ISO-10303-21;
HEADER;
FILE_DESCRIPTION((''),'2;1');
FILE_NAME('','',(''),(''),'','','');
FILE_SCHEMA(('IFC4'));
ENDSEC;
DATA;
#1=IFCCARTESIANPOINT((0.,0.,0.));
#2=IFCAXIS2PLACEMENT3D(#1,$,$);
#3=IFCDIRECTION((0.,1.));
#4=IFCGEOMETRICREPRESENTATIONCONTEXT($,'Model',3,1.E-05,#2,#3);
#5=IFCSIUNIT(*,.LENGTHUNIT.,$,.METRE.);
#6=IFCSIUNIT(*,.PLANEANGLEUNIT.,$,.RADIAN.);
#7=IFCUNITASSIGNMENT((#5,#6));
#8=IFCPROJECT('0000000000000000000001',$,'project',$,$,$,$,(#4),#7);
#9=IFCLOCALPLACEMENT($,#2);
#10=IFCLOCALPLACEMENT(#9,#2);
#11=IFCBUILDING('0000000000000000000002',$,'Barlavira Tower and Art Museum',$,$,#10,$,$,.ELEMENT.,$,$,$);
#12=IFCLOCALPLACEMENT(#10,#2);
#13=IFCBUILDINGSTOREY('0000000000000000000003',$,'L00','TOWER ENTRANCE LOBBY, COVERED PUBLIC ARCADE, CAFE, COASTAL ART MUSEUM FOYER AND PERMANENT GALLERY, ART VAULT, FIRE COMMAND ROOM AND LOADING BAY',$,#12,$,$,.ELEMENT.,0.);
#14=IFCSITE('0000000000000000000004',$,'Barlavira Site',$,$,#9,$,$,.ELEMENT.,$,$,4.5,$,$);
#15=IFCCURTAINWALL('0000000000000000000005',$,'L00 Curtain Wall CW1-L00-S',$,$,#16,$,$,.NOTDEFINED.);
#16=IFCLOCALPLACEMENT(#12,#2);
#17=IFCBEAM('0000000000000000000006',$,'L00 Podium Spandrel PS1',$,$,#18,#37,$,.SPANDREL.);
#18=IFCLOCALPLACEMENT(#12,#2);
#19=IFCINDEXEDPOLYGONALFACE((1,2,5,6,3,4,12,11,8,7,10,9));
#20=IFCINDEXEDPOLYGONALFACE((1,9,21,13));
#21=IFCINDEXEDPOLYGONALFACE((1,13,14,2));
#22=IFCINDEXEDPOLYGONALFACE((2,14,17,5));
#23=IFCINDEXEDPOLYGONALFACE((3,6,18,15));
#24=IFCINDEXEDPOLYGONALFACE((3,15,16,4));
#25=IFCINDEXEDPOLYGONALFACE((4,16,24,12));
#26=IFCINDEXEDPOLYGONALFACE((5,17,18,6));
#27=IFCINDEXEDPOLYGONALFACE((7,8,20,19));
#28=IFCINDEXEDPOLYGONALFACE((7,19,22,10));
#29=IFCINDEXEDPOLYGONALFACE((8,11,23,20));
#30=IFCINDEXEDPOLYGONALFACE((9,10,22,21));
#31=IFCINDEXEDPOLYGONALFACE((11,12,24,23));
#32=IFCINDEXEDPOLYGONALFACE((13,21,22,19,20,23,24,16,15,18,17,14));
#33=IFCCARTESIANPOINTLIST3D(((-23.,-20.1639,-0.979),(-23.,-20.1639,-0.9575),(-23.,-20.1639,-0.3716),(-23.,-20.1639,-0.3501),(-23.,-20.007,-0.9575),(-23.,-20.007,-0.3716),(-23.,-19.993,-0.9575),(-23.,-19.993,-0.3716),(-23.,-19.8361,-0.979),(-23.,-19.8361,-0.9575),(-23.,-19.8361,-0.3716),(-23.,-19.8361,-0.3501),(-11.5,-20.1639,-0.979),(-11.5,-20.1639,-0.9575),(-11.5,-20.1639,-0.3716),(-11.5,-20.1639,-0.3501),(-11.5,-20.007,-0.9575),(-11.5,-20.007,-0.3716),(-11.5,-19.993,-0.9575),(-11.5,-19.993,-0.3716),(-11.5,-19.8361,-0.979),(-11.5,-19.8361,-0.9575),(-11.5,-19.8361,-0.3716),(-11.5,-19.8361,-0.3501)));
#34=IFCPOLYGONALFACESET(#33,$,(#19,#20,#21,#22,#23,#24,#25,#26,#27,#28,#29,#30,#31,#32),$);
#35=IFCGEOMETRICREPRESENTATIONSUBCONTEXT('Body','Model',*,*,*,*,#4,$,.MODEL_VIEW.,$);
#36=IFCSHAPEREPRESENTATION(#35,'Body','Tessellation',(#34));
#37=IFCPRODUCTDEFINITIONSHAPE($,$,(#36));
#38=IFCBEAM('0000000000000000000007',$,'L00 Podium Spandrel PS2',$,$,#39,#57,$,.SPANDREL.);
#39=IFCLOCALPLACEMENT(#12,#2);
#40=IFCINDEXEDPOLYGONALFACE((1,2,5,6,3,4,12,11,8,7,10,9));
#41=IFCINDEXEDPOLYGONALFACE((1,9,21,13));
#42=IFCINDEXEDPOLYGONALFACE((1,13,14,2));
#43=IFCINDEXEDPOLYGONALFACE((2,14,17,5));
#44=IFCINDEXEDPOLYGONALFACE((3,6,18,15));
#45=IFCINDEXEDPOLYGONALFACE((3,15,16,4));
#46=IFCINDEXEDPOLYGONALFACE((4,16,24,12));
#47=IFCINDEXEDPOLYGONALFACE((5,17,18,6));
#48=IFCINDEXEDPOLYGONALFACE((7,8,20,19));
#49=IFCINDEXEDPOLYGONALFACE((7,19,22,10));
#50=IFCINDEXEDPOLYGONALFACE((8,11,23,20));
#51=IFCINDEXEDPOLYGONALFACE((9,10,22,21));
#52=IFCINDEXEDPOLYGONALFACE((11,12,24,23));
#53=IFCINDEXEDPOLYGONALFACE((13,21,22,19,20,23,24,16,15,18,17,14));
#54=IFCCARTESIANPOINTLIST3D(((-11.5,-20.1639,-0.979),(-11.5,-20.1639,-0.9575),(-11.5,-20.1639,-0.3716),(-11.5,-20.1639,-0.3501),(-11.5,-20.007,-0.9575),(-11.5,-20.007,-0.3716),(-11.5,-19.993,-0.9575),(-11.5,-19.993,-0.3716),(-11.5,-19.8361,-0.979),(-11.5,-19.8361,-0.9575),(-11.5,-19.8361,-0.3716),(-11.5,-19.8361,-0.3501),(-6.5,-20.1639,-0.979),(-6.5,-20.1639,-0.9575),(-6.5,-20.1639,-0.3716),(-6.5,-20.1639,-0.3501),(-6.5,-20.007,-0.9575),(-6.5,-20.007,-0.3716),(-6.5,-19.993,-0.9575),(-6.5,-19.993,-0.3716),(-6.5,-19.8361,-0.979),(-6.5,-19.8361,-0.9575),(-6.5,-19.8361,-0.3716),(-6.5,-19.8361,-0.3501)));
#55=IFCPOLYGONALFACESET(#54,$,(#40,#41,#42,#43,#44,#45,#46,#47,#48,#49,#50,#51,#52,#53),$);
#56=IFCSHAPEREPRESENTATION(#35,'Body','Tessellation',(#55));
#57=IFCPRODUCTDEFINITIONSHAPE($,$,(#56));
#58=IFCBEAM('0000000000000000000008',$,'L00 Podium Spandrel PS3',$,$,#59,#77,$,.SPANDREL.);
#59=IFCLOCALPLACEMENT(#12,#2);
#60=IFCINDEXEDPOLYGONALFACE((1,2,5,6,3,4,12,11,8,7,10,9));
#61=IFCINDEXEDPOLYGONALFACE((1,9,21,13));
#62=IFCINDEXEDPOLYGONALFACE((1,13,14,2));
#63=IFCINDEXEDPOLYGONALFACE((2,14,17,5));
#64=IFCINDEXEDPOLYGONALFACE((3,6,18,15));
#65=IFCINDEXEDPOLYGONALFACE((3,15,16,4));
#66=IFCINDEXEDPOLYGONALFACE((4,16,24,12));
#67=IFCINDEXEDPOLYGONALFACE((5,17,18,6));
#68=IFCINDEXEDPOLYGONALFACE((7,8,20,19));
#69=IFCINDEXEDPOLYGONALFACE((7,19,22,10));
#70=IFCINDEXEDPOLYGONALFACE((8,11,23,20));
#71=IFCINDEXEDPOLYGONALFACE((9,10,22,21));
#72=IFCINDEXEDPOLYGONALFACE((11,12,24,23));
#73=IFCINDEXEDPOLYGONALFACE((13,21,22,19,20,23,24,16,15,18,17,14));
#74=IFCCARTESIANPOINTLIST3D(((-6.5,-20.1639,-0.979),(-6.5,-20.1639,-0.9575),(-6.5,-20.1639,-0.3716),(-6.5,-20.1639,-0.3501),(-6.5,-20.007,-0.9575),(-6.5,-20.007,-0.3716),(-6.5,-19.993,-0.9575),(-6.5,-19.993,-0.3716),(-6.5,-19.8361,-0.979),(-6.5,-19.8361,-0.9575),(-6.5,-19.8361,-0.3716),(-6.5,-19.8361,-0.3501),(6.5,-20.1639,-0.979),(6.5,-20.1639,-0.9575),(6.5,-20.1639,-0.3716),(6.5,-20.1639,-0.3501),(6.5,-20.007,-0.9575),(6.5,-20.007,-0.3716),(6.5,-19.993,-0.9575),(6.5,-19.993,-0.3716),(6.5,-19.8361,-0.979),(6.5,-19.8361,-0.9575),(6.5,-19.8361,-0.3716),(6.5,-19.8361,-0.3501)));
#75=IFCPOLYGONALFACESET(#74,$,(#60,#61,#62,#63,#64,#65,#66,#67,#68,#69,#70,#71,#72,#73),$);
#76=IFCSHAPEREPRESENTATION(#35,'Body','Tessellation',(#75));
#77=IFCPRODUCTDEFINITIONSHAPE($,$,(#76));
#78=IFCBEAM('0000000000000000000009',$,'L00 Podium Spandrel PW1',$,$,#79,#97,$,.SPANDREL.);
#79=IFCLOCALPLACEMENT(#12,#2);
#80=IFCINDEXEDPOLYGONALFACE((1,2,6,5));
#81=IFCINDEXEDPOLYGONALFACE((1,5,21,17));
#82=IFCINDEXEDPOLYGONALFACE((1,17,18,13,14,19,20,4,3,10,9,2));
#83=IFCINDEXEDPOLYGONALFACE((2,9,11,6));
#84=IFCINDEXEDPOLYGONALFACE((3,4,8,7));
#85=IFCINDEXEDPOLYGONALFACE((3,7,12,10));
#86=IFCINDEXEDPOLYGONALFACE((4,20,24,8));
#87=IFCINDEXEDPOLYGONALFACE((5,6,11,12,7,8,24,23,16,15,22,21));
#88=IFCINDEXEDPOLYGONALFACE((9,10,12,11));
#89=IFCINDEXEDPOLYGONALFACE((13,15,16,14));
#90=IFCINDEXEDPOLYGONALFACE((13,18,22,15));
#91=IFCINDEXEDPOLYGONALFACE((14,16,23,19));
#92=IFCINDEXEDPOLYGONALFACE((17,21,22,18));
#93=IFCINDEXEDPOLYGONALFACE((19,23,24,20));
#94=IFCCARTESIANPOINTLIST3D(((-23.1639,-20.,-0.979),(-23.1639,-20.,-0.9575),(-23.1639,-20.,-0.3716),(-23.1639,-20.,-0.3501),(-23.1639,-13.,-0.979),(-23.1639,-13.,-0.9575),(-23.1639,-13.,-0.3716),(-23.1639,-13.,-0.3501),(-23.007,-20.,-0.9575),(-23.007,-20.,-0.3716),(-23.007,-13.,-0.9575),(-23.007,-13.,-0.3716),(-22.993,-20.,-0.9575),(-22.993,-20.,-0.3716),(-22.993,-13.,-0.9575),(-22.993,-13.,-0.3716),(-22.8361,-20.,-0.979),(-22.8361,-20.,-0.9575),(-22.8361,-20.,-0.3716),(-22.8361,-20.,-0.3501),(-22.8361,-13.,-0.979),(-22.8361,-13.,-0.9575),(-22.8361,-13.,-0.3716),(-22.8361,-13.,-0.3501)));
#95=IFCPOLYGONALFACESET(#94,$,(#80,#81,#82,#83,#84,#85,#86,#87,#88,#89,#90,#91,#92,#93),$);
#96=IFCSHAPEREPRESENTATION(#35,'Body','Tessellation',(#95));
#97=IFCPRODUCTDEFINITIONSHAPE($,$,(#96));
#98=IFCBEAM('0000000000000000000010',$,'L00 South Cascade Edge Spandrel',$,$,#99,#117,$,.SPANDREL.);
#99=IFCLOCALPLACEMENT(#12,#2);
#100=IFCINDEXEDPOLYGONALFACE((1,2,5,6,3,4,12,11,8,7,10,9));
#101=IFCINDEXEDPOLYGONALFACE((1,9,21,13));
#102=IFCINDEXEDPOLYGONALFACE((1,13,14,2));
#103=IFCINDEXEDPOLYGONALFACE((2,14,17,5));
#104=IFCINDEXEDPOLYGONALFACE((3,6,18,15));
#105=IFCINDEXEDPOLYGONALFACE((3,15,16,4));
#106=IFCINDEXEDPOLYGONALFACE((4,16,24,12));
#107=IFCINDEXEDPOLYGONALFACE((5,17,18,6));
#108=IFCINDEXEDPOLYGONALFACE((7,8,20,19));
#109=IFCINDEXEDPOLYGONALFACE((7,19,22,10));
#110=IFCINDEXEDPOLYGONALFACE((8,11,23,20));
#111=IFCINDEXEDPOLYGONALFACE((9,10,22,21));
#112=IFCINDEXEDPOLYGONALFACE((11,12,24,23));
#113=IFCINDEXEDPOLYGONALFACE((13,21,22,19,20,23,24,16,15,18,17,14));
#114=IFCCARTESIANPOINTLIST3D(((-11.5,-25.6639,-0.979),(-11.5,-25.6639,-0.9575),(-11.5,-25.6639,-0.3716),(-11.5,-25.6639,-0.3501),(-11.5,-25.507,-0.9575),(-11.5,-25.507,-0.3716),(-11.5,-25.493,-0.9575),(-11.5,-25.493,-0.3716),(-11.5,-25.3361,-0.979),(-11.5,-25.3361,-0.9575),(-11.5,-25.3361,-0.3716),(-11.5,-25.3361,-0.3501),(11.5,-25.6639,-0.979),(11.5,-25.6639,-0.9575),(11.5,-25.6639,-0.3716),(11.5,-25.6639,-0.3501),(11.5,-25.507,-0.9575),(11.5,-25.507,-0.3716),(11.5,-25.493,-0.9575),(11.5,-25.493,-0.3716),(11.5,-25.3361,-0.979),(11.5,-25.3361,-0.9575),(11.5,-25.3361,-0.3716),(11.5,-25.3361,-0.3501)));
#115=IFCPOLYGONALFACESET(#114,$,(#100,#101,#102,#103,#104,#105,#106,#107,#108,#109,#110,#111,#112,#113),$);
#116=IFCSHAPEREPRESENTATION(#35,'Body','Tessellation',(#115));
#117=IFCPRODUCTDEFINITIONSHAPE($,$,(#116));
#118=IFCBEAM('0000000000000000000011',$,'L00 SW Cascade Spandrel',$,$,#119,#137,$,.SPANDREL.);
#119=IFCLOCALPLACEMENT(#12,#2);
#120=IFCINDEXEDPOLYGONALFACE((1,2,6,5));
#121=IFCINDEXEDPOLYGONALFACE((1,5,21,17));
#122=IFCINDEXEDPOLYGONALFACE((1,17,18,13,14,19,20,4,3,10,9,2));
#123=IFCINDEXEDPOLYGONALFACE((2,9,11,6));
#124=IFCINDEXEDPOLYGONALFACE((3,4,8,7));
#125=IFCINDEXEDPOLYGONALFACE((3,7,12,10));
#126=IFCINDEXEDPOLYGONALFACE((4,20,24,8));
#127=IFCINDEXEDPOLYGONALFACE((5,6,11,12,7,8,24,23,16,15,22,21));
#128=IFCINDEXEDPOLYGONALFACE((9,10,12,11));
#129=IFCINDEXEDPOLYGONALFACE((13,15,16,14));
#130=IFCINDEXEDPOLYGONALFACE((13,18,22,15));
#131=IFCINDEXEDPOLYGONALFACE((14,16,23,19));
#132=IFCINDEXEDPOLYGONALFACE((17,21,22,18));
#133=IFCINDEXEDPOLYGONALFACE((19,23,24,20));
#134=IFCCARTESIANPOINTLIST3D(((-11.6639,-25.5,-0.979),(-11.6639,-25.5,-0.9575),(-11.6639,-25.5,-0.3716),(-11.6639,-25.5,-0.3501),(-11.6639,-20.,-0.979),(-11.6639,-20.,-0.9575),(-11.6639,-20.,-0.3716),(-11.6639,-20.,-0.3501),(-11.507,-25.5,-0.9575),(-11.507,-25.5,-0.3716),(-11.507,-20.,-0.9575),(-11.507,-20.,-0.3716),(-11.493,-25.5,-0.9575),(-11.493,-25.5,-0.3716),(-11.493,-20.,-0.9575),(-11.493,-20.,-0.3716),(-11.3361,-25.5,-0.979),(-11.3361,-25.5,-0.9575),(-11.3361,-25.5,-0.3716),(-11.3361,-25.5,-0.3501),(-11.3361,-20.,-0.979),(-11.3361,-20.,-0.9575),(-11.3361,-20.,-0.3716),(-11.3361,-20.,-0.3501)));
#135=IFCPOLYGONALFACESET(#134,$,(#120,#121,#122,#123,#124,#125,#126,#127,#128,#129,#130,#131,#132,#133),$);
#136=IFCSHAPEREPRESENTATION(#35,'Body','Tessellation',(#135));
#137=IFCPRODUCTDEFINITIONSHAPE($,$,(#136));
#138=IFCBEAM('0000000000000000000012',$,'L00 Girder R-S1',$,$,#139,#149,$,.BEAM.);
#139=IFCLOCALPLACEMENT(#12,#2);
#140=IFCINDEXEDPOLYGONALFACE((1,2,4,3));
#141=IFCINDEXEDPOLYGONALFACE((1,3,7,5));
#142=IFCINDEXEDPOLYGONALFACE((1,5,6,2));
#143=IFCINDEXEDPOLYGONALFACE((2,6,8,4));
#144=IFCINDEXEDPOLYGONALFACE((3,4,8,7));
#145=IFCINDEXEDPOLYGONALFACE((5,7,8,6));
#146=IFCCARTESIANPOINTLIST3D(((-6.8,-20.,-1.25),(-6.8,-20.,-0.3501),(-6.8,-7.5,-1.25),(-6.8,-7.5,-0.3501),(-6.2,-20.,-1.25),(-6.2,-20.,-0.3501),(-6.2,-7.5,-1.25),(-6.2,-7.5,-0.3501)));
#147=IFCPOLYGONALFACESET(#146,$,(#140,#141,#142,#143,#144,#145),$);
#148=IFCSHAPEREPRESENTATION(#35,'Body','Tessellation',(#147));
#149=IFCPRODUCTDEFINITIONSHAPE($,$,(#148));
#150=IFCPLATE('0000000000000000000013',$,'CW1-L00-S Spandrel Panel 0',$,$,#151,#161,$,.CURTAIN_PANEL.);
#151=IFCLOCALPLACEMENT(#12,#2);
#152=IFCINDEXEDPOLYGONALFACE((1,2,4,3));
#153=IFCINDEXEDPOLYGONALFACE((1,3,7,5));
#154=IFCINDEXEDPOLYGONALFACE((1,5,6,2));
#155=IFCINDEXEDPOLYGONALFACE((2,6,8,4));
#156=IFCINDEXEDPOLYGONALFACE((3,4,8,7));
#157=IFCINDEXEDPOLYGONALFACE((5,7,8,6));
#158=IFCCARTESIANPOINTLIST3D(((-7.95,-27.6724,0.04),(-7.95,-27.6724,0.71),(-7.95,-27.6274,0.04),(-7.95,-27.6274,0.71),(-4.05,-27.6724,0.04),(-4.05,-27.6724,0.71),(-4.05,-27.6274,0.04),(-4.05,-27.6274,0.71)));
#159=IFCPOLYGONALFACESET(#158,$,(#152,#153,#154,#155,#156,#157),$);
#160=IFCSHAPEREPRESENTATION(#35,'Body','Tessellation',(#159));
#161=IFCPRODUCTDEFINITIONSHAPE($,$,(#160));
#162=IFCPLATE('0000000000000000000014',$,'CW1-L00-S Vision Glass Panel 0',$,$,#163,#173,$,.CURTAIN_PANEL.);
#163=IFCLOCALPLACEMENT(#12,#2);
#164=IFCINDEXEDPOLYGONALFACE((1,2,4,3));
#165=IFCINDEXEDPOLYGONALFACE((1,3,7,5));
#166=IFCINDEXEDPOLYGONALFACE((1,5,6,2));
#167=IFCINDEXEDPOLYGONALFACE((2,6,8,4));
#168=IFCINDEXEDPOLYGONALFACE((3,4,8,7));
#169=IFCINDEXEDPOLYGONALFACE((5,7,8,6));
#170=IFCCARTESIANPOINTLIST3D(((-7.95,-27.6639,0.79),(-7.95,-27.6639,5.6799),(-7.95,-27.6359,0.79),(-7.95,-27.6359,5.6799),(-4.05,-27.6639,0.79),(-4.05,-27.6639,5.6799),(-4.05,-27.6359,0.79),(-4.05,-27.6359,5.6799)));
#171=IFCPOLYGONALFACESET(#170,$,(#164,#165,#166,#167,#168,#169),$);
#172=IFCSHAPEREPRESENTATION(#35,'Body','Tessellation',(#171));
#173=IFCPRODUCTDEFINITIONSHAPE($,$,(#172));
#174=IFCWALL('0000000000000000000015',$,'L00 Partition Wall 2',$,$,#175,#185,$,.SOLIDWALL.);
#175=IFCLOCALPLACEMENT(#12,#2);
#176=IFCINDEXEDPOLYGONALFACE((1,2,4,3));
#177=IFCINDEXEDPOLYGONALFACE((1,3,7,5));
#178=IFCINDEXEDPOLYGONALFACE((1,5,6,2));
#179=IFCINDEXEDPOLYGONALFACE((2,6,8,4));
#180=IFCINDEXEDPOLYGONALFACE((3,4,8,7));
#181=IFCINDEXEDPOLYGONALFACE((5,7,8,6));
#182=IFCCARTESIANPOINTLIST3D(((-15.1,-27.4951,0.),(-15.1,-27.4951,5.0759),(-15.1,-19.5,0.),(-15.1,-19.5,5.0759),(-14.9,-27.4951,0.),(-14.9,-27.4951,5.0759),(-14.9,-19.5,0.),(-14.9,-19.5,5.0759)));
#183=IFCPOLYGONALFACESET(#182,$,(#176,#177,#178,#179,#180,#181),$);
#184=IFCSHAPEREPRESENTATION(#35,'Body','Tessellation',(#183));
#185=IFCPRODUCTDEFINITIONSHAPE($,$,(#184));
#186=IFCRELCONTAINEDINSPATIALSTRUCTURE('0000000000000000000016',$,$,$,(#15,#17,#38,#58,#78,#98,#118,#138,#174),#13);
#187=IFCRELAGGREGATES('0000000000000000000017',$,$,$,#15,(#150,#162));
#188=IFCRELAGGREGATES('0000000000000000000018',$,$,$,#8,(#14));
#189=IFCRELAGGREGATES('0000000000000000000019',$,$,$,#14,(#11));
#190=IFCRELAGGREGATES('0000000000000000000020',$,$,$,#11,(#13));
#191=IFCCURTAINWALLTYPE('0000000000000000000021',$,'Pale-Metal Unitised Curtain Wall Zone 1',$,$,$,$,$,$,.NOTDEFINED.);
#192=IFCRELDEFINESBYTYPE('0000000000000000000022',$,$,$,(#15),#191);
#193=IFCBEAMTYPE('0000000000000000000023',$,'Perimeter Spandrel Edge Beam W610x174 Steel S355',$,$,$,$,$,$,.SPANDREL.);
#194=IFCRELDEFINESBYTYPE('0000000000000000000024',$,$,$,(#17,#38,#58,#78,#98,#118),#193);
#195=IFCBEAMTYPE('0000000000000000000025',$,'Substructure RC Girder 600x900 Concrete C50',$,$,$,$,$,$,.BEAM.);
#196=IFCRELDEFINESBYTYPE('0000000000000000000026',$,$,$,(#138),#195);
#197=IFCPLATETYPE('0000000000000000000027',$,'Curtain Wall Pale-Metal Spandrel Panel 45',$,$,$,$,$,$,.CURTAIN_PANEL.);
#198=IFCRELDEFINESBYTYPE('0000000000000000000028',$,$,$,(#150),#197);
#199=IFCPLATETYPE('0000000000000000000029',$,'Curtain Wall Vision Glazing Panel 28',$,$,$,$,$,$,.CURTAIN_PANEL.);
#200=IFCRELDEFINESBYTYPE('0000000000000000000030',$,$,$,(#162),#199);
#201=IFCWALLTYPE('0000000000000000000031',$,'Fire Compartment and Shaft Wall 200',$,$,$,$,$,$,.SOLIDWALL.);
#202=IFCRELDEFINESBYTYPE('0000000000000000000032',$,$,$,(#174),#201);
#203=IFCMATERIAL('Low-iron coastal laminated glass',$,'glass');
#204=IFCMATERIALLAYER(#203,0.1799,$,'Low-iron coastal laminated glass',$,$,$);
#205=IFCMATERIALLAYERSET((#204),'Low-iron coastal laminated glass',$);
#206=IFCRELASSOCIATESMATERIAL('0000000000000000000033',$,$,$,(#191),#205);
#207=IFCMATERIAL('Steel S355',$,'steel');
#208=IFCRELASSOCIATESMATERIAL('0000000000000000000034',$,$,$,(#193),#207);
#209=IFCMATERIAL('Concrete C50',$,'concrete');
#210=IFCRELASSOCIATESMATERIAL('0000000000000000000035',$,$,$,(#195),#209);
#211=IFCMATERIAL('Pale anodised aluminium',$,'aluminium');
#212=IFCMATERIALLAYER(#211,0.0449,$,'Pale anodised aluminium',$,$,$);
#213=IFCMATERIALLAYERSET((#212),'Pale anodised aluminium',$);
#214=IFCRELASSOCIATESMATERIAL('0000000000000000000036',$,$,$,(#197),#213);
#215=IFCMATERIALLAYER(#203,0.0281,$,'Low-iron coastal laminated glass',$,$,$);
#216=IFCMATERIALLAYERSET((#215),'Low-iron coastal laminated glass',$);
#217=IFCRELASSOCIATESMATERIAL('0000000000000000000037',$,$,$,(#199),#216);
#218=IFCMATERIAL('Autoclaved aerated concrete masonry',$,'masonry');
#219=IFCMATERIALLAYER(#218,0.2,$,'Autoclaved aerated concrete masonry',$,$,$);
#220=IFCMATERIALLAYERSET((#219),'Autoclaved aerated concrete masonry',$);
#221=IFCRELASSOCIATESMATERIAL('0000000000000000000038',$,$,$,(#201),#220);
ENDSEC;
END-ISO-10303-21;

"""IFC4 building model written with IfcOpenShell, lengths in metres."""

from ifc_helpers import new_model, si_unit, direction, frame, frame_2d, origin, origin_2d, place, context, subcontext, project, spatial, rectangle, i_section, extrude, material, layer, layer_set, material_profile, profile_set, type_object, element, aggregate, save


model = new_model("IFC4")

# Units and contexts
model_context = context("Model", 3, precision=1e-05, world=origin(), true_north=direction((0.0, 1.0)))
body_context = subcontext(model_context, "Body", "Model", "MODEL_VIEW")
ifc_project = project(units=[si_unit("LENGTHUNIT", "METRE"), si_unit("PLANEANGLEUNIT", "RADIAN")], contexts=[model_context])

# Site, building, storey
site_placement = place(None, origin())
site = spatial("IfcSite", under=ifc_project, at=site_placement, Name="Barlavira Site", CompositionType="ELEMENT", RefElevation=4.5)
building_placement = place(site_placement, origin())
building = spatial("IfcBuilding", under=site, at=building_placement, Name="Barlavira Tower and Art Museum", CompositionType="ELEMENT")
storey_placement = place(building_placement, origin())
storey = spatial("IfcBuildingStorey", under=building, at=storey_placement, Name="L00", Description="TOWER ENTRANCE LOBBY, COVERED PUBLIC ARCADE, CAFE, COASTAL ART MUSEUM FOYER AND PERMANENT GALLERY, ART VAULT, FIRE COMMAND ROOM AND LOADING BAY", CompositionType="ELEMENT", Elevation=0.0)

# Shared definitions
ifc_material_1 = material(Name="Concrete C50", Category="concrete")

# Curtain wall
ifc_material_2 = material(Name="Low-iron coastal laminated glass", Category="glass")
ifc_layer_1 = layer(ifc_material_2, 0.1799, Name="Low-iron coastal laminated glass")
ifc_layer_set_1 = layer_set([ifc_layer_1], Name="Low-iron coastal laminated glass")
curtain_wall_type = type_object("IfcCurtainWallType", Name="Pale-Metal Unitised Curtain Wall Zone 1", PredefinedType="NOTDEFINED", material=ifc_layer_set_1)
curtain_wall_placement = place(storey_placement, origin())
curtain_wall = element("IfcCurtainWall", 1, at=curtain_wall_placement, inside=storey, type_object=curtain_wall_type, Name="L00 Curtain Wall CW1-L00-S", PredefinedType="NOTDEFINED")
ifc_material_3 = material(Name="Pale anodised aluminium", Category="aluminium")

# Beams
ifc_material_4 = material(Name="Steel S355", Category="steel")
ifc_material_profile_1 = material_profile(ifc_material_4, i_section(OverallWidth=0.3279, OverallDepth=0.6289, WebThickness=0.0139, FlangeThickness=0.0215, at=origin_2d()), Name="W610x174.0")
ifc_profile_set_1 = profile_set([ifc_material_profile_1], Name="Steel S355")
beam_type_1 = type_object("IfcBeamType", Name="Perimeter Spandrel Edge Beam W610x174 Steel S355", PredefinedType="SPANDREL", material=ifc_profile_set_1)
beam_1_placement = place(storey_placement, frame((-23.0, -20.0, -0.6646), z_axis=(1.0, 0.0, 0.0), x_axis=(0.0, 1.0, 0.0)))
element("IfcBeam", 2, at=beam_1_placement, inside=storey, type_object=beam_type_1, Name="L00 Podium Spandrel PS1", PredefinedType="SPANDREL", context=body_context, shape_type="SweptSolid", body=[
    extrude(i_section(OverallWidth=0.3279, OverallDepth=0.6289, WebThickness=0.0139, FlangeThickness=0.0215, at=origin_2d()), origin(), (0.0, 0.0, 1.0), 11.5),
])
beam_2_placement = place(storey_placement, frame((-11.5, -20.0, -0.6646), z_axis=(1.0, 0.0, 0.0), x_axis=(0.0, 1.0, 0.0)))
element("IfcBeam", 3, at=beam_2_placement, inside=storey, type_object=beam_type_1, Name="L00 Podium Spandrel PS2", PredefinedType="SPANDREL", context=body_context, shape_type="SweptSolid", body=[
    extrude(i_section(OverallWidth=0.3279, OverallDepth=0.6289, WebThickness=0.0139, FlangeThickness=0.0215, at=origin_2d()), origin(), (0.0, 0.0, 1.0), 5.0),
])
beam_3_placement = place(storey_placement, frame((-6.5, -20.0, -0.6646), z_axis=(1.0, 0.0, 0.0), x_axis=(0.0, 1.0, 0.0)))
element("IfcBeam", 4, at=beam_3_placement, inside=storey, type_object=beam_type_1, Name="L00 Podium Spandrel PS3", PredefinedType="SPANDREL", context=body_context, shape_type="SweptSolid", body=[
    extrude(i_section(OverallWidth=0.3279, OverallDepth=0.6289, WebThickness=0.0139, FlangeThickness=0.0215, at=origin_2d()), origin(), (0.0, 0.0, 1.0), 13.0),
])
beam_4_placement = place(storey_placement, frame((-23.0, -20.0, -0.6646), z_axis=(0.0, 1.0, 0.0), x_axis=(-1.0, 0.0, 0.0)))
element("IfcBeam", 5, at=beam_4_placement, inside=storey, type_object=beam_type_1, Name="L00 Podium Spandrel PW1", PredefinedType="SPANDREL", context=body_context, shape_type="SweptSolid", body=[
    extrude(i_section(OverallWidth=0.3279, OverallDepth=0.6289, WebThickness=0.0139, FlangeThickness=0.0215, at=origin_2d()), origin(), (0.0, 0.0, 1.0), 7.0),
])
beam_5_placement = place(storey_placement, frame((-11.5, -25.5, -0.6646), z_axis=(1.0, 0.0, 0.0), x_axis=(0.0, 1.0, 0.0)))
element("IfcBeam", 6, at=beam_5_placement, inside=storey, type_object=beam_type_1, Name="L00 South Cascade Edge Spandrel", PredefinedType="SPANDREL", context=body_context, shape_type="SweptSolid", body=[
    extrude(i_section(OverallWidth=0.3279, OverallDepth=0.6289, WebThickness=0.0139, FlangeThickness=0.0215, at=origin_2d()), origin(), (0.0, 0.0, 1.0), 23.0),
])
beam_6_placement = place(storey_placement, frame((-11.5, -25.5, -0.6646), z_axis=(0.0, 1.0, 0.0), x_axis=(-1.0, 0.0, 0.0)))
element("IfcBeam", 7, at=beam_6_placement, inside=storey, type_object=beam_type_1, Name="L00 SW Cascade Spandrel", PredefinedType="SPANDREL", context=body_context, shape_type="SweptSolid", body=[
    extrude(i_section(OverallWidth=0.3279, OverallDepth=0.6289, WebThickness=0.0139, FlangeThickness=0.0215, at=origin_2d()), origin(), (0.0, 0.0, 1.0), 5.5),
])
ifc_material_profile_2 = material_profile(ifc_material_1, rectangle(XDim=0.6001, YDim=0.8999, at=origin_2d()), Name="RC-BM 600x900")
ifc_profile_set_2 = profile_set([ifc_material_profile_2], Name="Concrete C50")
beam_type_2 = type_object("IfcBeamType", Name="Substructure RC Girder 600x900 Concrete C50", PredefinedType="BEAM", material=ifc_profile_set_2)
beam_7_placement = place(storey_placement, frame((-6.5, -20.0, -0.8), z_axis=(0.0, 1.0, 0.0), x_axis=(-1.0, 0.0, 0.0)))
element("IfcBeam", 8, at=beam_7_placement, inside=storey, type_object=beam_type_2, Name="L00 Girder R-S1", PredefinedType="BEAM", context=body_context, shape_type="SweptSolid", body=[
    extrude(rectangle(XDim=0.6001, YDim=0.8999, at=origin_2d()), origin(), (0.0, 0.0, 1.0), 12.5),
])

# Plates
ifc_layer_2 = layer(ifc_material_3, 0.0449, Name="Pale anodised aluminium")
ifc_layer_set_2 = layer_set([ifc_layer_2], Name="Pale anodised aluminium")
plate_type_1 = type_object("IfcPlateType", Name="Curtain Wall Pale-Metal Spandrel Panel 45", PredefinedType="CURTAIN_PANEL", material=ifc_layer_set_2)
plate_1_placement = place(storey_placement, frame((-6.0, -27.6499, 0.04), z_axis=(0.0, 0.0, 1.0), x_axis=(1.0, 0.0, 0.0)))
plate_1 = element("IfcPlate", 9, at=plate_1_placement, type_object=plate_type_1, Name="CW1-L00-S Spandrel Panel 0", PredefinedType="CURTAIN_PANEL", context=body_context, shape_type="SweptSolid", body=[
    extrude(rectangle(XDim=3.8999, YDim=0.0449, at=origin_2d()), origin(), (0.0, 0.0, 1.0), 0.6699),
])
ifc_layer_3 = layer(ifc_material_2, 0.0281, Name="Low-iron coastal laminated glass")
ifc_layer_set_3 = layer_set([ifc_layer_3], Name="Low-iron coastal laminated glass")
plate_type_2 = type_object("IfcPlateType", Name="Curtain Wall Vision Glazing Panel 28", PredefinedType="CURTAIN_PANEL", material=ifc_layer_set_3)
plate_2_placement = place(storey_placement, frame((-6.0, -27.6499, 0.79), z_axis=(0.0, 0.0, 1.0), x_axis=(1.0, 0.0, 0.0)))
plate_2 = element("IfcPlate", 10, at=plate_2_placement, type_object=plate_type_2, Name="CW1-L00-S Vision Glass Panel 0", PredefinedType="CURTAIN_PANEL", context=body_context, shape_type="SweptSolid", body=[
    extrude(rectangle(XDim=3.8999, YDim=0.0281, at=origin_2d()), origin(), (0.0, 0.0, 1.0), 4.8899),
])
aggregate(curtain_wall, [plate_1, plate_2])

# Wall
ifc_material_5 = material(Name="Autoclaved aerated concrete masonry", Category="masonry")
ifc_layer_4 = layer(ifc_material_5, 0.2, Name="Autoclaved aerated concrete masonry")
ifc_layer_set_4 = layer_set([ifc_layer_4], Name="Autoclaved aerated concrete masonry")
wall_type_1 = type_object("IfcWallType", Name="Fire Compartment and Shaft Wall 200", PredefinedType="SOLIDWALL", material=ifc_layer_set_4)
for number, where, z_axis, x_axis, name in (
    (11, (-15.0, -27.4951, 0.0), (0.0, 0.0, 1.0), (0.0, 1.0, 0.0), "L00 Partition Wall 2"),
):
    element("IfcWall", number, at=place(storey_placement, frame(where, z_axis=z_axis, x_axis=x_axis)), inside=storey, type_object=wall_type_1, Name=name, PredefinedType="SOLIDWALL", context=body_context, shape_type="SweptSolid", body=[
        extrude(rectangle(XDim=7.9951, YDim=0.2, at=frame_2d((3.9976, 0.0))), origin(), (0.0, 0.0, 1.0), 5.0759),
    ])

save(model, "model.ifc")
